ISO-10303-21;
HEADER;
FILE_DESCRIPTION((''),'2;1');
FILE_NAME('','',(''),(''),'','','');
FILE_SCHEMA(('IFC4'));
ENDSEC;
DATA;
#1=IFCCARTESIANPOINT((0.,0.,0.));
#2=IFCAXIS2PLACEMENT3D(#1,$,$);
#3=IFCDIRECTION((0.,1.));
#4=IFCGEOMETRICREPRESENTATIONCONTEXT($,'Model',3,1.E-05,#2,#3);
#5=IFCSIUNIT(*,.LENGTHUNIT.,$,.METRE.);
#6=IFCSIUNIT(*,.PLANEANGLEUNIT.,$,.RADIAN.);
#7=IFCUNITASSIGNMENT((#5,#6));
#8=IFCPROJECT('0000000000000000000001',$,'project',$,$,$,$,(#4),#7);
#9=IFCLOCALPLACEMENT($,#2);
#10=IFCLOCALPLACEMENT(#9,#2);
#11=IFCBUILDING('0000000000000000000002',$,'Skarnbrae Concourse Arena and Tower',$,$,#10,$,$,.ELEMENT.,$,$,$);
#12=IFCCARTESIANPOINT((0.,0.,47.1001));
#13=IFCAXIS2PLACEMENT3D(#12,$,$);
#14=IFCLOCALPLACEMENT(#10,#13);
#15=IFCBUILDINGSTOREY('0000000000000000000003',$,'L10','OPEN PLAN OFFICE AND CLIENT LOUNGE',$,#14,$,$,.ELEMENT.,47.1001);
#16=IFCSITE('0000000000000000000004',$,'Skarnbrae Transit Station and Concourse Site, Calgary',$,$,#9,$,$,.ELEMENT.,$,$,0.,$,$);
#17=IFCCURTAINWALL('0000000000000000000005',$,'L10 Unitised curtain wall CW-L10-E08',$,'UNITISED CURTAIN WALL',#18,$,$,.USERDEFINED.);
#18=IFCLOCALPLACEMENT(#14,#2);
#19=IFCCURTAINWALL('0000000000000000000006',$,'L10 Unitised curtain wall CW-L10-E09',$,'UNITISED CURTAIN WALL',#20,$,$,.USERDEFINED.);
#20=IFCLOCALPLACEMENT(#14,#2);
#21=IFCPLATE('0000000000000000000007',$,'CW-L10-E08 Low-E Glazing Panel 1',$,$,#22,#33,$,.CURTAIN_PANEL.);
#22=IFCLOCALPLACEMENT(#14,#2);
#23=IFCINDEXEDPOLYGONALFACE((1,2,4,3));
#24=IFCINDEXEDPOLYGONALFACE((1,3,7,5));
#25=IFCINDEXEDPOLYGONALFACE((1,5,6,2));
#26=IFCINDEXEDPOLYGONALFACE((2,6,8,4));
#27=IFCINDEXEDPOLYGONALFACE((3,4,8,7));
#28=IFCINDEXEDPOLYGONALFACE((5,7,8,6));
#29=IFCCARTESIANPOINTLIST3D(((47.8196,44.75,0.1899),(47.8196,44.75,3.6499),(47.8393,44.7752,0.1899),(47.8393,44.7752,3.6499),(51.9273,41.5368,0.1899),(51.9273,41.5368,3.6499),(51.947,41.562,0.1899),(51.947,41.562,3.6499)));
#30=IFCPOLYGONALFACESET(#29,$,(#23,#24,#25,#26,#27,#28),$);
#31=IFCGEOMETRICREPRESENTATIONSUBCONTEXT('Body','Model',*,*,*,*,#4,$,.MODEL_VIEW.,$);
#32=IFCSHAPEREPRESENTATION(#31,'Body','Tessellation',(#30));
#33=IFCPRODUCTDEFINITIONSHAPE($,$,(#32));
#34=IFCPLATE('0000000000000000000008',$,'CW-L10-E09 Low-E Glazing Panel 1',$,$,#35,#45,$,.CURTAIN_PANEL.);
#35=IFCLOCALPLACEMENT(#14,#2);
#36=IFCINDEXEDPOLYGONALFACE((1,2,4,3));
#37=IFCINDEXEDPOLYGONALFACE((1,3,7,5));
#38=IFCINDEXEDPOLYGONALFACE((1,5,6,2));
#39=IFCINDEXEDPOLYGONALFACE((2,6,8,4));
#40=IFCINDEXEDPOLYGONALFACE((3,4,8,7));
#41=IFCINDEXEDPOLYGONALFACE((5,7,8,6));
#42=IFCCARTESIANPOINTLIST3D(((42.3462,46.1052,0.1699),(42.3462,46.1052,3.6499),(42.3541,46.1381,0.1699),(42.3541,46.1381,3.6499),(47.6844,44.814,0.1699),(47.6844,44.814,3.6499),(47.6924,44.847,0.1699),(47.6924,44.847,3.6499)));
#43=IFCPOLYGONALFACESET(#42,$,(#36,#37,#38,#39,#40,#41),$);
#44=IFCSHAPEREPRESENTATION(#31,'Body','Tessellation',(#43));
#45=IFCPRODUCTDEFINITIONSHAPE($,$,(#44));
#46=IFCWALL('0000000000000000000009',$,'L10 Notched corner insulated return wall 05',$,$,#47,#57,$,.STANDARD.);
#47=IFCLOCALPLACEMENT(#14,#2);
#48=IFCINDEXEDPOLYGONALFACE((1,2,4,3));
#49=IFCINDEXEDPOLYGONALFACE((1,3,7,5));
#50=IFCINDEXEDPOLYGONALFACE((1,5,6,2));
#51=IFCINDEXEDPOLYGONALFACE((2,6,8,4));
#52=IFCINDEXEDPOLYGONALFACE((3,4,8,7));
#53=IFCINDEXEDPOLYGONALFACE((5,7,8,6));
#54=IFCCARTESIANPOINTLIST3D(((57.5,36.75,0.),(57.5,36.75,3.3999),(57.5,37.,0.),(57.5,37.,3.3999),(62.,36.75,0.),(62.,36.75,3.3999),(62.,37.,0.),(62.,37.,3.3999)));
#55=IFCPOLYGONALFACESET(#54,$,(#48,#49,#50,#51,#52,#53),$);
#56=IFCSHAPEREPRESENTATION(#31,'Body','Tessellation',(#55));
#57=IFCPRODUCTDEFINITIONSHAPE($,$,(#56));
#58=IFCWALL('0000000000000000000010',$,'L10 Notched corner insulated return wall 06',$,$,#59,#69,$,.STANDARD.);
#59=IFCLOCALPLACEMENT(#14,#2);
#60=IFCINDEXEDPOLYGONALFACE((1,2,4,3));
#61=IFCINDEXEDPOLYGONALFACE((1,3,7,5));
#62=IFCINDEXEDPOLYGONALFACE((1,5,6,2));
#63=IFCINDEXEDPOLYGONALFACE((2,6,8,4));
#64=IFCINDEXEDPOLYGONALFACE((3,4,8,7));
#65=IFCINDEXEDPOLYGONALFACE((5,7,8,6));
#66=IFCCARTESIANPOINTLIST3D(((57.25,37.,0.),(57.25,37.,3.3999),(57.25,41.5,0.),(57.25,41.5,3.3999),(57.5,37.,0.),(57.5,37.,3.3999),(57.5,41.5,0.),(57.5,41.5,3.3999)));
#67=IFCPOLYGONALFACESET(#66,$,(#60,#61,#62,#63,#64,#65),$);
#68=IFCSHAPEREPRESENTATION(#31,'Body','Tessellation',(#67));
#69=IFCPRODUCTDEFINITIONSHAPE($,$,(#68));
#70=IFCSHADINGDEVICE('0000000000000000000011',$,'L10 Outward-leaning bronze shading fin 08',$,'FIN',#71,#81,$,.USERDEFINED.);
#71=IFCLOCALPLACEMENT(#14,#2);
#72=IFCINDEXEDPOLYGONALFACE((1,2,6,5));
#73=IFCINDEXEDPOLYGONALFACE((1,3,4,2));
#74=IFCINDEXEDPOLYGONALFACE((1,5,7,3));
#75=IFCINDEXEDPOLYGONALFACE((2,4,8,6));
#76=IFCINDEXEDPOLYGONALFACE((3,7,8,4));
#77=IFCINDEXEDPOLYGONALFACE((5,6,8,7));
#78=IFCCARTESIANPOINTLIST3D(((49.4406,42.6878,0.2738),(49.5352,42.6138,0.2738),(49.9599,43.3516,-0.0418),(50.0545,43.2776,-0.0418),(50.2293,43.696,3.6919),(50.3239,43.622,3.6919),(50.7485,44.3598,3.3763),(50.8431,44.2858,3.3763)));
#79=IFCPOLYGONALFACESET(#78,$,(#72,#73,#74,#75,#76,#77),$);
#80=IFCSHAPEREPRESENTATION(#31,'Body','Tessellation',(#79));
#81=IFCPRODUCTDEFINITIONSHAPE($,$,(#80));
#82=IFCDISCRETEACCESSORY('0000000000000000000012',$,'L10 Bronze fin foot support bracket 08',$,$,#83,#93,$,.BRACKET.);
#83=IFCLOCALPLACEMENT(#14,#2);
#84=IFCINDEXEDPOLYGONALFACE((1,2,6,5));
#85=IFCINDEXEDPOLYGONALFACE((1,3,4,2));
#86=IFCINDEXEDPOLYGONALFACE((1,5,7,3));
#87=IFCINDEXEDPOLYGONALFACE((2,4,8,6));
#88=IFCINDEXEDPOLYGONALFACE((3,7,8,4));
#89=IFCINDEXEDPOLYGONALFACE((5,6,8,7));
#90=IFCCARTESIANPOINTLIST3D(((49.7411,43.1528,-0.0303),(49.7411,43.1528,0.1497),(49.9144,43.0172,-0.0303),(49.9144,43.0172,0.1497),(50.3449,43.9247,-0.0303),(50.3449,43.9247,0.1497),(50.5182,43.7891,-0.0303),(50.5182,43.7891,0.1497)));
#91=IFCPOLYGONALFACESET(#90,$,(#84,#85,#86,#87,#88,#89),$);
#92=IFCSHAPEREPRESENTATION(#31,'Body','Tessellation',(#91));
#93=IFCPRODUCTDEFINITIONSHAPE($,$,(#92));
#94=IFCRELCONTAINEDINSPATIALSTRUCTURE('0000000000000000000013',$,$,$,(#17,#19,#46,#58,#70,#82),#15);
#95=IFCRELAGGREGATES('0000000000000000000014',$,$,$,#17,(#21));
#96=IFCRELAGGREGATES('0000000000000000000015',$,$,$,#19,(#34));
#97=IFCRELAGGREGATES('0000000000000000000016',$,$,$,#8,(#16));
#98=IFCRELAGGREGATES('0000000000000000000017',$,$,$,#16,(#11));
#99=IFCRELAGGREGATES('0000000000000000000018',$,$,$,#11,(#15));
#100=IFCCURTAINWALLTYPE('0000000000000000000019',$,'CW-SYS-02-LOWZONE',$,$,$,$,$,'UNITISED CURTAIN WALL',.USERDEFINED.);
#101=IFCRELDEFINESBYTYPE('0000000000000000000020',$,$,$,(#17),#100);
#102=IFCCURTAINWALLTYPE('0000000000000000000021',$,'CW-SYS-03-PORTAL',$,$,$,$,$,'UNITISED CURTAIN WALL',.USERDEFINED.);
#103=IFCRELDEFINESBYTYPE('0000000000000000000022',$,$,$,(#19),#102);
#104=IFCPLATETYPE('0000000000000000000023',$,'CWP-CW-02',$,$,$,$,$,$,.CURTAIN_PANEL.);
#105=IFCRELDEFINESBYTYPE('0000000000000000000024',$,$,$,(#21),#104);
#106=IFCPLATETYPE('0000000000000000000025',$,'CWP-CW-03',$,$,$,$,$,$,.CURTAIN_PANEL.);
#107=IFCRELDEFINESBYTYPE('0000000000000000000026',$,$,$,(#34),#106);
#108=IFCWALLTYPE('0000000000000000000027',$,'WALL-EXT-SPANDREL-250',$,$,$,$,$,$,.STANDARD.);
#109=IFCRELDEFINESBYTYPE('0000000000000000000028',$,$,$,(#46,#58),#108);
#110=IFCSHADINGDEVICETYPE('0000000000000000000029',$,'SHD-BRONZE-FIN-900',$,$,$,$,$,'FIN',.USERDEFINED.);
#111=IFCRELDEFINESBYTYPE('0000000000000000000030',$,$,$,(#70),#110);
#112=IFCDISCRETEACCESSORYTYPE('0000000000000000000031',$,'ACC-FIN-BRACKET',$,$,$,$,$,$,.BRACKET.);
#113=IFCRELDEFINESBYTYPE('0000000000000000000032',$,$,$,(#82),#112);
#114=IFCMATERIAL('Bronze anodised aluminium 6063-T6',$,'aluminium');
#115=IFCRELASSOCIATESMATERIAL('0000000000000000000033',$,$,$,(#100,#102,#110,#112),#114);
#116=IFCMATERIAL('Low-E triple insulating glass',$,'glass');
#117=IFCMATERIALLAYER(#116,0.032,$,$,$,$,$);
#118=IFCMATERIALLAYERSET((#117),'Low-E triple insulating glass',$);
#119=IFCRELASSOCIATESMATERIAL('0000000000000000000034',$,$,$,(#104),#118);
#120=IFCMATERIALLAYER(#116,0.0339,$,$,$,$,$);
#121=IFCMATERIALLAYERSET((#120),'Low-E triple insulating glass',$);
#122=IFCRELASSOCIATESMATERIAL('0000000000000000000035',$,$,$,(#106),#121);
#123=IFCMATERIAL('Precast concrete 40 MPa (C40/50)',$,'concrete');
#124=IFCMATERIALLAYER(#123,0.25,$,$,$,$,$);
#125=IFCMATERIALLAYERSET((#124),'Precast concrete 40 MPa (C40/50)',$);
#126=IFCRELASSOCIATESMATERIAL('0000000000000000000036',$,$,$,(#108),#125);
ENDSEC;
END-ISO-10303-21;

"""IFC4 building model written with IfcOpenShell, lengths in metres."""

from ifc_helpers import new_model, si_unit, direction, frame, frame_2d, origin, origin_2d, place, context, subcontext, project, spatial, rectangle, extrude, source, transform, mapped, material, layer, layer_set, type_object, element, aggregate, save


model = new_model("IFC4")

# Units and contexts
model_context = context("Model", 3, precision=1e-05, world=origin(), true_north=direction((0.0, 1.0)))
body_context = subcontext(model_context, "Body", "Model", "MODEL_VIEW")
ifc_project = project(units=[si_unit("LENGTHUNIT", "METRE"), si_unit("PLANEANGLEUNIT", "RADIAN")], contexts=[model_context])

# Site, building, storey
site_placement = place(None, origin())
site = spatial("IfcSite", under=ifc_project, at=site_placement, Name="Skarnbrae Transit Station and Concourse Site, Calgary", CompositionType="ELEMENT", RefElevation=0.0)
building_placement = place(site_placement, origin())
building = spatial("IfcBuilding", under=site, at=building_placement, Name="Skarnbrae Concourse Arena and Tower", CompositionType="ELEMENT")
storey_placement = place(building_placement, frame((0.0, 0.0, 47.1001)))
storey = spatial("IfcBuildingStorey", under=building, at=storey_placement, Name="L10", Description="OPEN PLAN OFFICE AND CLIENT LOUNGE", CompositionType="ELEMENT", Elevation=47.1001)

# Shared definitions
ifc_material_1 = material(Name="Bronze anodised aluminium 6063-T6", Category="aluminium")
curtain_wall_type_1 = type_object("IfcCurtainWallType", Name="CW-SYS-02-LOWZONE", ElementType="UNITISED CURTAIN WALL", PredefinedType="USERDEFINED", material=ifc_material_1)

# Curtain wall
curtain_wall_1_placement = place(storey_placement, origin())
curtain_wall_1 = element("IfcCurtainWall", 1, at=curtain_wall_1_placement, inside=storey, type_object=curtain_wall_type_1, Name="L10 Unitised curtain wall CW-L10-E08", ObjectType="UNITISED CURTAIN WALL", PredefinedType="USERDEFINED")

# Curtain wall
curtain_wall_type_2 = type_object("IfcCurtainWallType", Name="CW-SYS-03-PORTAL", ElementType="UNITISED CURTAIN WALL", PredefinedType="USERDEFINED", material=ifc_material_1)
curtain_wall_2_placement = place(storey_placement, origin())
curtain_wall_2 = element("IfcCurtainWall", 2, at=curtain_wall_2_placement, inside=storey, type_object=curtain_wall_type_2, Name="L10 Unitised curtain wall CW-L10-E09", ObjectType="UNITISED CURTAIN WALL", PredefinedType="USERDEFINED")

# Plates
ifc_material_2 = material(Name="Low-E triple insulating glass", Category="glass")
ifc_layer_1 = layer(ifc_material_2, 0.032)
ifc_layer_set_1 = layer_set([ifc_layer_1], Name="Low-E triple insulating glass")
plate_type_1 = type_object("IfcPlateType", Name="CWP-CW-02", PredefinedType="CURTAIN_PANEL", material=ifc_layer_set_1)
shared_shape_1 = source(origin(), body_context, "Body", "SweptSolid", [
    extrude(rectangle(XDim=5.2151, YDim=0.032, at=origin_2d()), origin(), (0.0, 0.0, 1.0), 3.46),
])
plate_1_placement = place(storey_placement, frame((49.8833, 43.156, 0.1899), z_axis=(0.0, 0.0, 1.0), x_axis=(-0.787652, 0.616121, 0.0)))
plate_1 = element("IfcPlate", 3, at=plate_1_placement, type_object=plate_type_1, Name="CW-L10-E08 Low-E Glazing Panel 1", PredefinedType="CURTAIN_PANEL", context=body_context, shape_type="MappedRepresentation", body=[
    mapped(shared_shape_1, transform((0.0, 0.0, 0.0))),
])
aggregate(curtain_wall_1, [plate_1])
ifc_layer_2 = layer(ifc_material_2, 0.0339)
ifc_layer_set_2 = layer_set([ifc_layer_2], Name="Low-E triple insulating glass")
plate_type_2 = type_object("IfcPlateType", Name="CWP-CW-03", PredefinedType="CURTAIN_PANEL", material=ifc_layer_set_2)
shared_shape_2 = source(origin(), body_context, "Body", "SweptSolid", [
    extrude(rectangle(XDim=5.4922, YDim=0.0339, at=origin_2d()), origin(), (0.0, 0.0, 1.0), 3.48),
])
plate_2_placement = place(storey_placement, frame((45.0193, 45.4761, 0.1699), z_axis=(0.0, 0.0, 1.0), x_axis=(-0.971974, 0.23509, 0.0)))
plate_2 = element("IfcPlate", 4, at=plate_2_placement, type_object=plate_type_2, Name="CW-L10-E09 Low-E Glazing Panel 1", PredefinedType="CURTAIN_PANEL", context=body_context, shape_type="MappedRepresentation", body=[
    mapped(shared_shape_2, transform((0.0, 0.0, 0.0))),
])
aggregate(curtain_wall_2, [plate_2])

# Walls
ifc_material_3 = material(Name="Precast concrete 40 MPa (C40/50)", Category="concrete")
ifc_layer_3 = layer(ifc_material_3, 0.25)
ifc_layer_set_3 = layer_set([ifc_layer_3], Name="Precast concrete 40 MPa (C40/50)")
wall_type = type_object("IfcWallType", Name="WALL-EXT-SPANDREL-250", PredefinedType="STANDARD", material=ifc_layer_set_3)
shared_shape_3 = source(origin(), body_context, "Body", "SweptSolid", [
    extrude(rectangle(XDim=4.5, YDim=0.25, at=frame_2d((2.25, 0.0))), origin(), (0.0, 0.0, 1.0), 3.3999),
])
for number, where, z_axis, x_axis, name in (
    (5, (62.0, 36.875, 0.0), (0.0, 0.0, 1.0), (-1.0, 0.0, 0.0), "L10 Notched corner insulated return wall 05"),
    (6, (57.375, 37.0, 0.0), (0.0, 0.0, 1.0), (0.0, 1.0, 0.0), "L10 Notched corner insulated return wall 06"),
):
    element("IfcWall", number, at=place(storey_placement, frame(where, z_axis=z_axis, x_axis=x_axis)), inside=storey, type_object=wall_type, Name=name, PredefinedType="STANDARD", context=body_context, shape_type="MappedRepresentation", body=[
        mapped(shared_shape_3, transform((0.0, 0.0, 0.0))),
    ])

# Shading device
shading_device_type = type_object("IfcShadingDeviceType", Name="SHD-BRONZE-FIN-900", ElementType="FIN", PredefinedType="USERDEFINED", material=ifc_material_1)
shared_shape_4 = source(origin(), body_context, "Body", "SweptSolid", [
    extrude(rectangle(XDim=0.1201, YDim=0.8999, at=origin_2d()), origin(), (0.0, 0.0, 1.0), 3.6499),
])
shading_device_placement = place(storey_placement, frame((49.7476, 42.9827, 0.116), z_axis=(0.21607, 0.276229, 0.936489), x_axis=(0.787656, -0.616115, 0.0)))
element("IfcShadingDevice", 7, at=shading_device_placement, inside=storey, type_object=shading_device_type, Name="L10 Outward-leaning bronze shading fin 08", ObjectType="FIN", PredefinedType="USERDEFINED", context=body_context, shape_type="MappedRepresentation", body=[
    mapped(shared_shape_4, transform((0.0, 0.0, 0.0))),
])

# Discrete accessory
discrete_accessory_type = type_object("IfcDiscreteAccessoryType", Name="ACC-FIN-BRACKET", PredefinedType="BRACKET", material=ifc_material_1)
shared_shape_5 = source(origin(), body_context, "Body", "SweptSolid", [
    extrude(rectangle(XDim=0.22, YDim=0.98, at=origin_2d()), origin(), (0.0, 0.0, 1.0), 0.1799),
])
discrete_accessory_placement = place(storey_placement, frame((50.1296, 43.4709, -0.0303), z_axis=(0.0, 0.0, 1.0), x_axis=(0.787656, -0.616115, 0.0)))
element("IfcDiscreteAccessory", 8, at=discrete_accessory_placement, inside=storey, type_object=discrete_accessory_type, Name="L10 Bronze fin foot support bracket 08", PredefinedType="BRACKET", context=body_context, shape_type="MappedRepresentation", body=[
    mapped(shared_shape_5, transform((0.0, 0.0, 0.0))),
])

save(model, "model.ifc")
